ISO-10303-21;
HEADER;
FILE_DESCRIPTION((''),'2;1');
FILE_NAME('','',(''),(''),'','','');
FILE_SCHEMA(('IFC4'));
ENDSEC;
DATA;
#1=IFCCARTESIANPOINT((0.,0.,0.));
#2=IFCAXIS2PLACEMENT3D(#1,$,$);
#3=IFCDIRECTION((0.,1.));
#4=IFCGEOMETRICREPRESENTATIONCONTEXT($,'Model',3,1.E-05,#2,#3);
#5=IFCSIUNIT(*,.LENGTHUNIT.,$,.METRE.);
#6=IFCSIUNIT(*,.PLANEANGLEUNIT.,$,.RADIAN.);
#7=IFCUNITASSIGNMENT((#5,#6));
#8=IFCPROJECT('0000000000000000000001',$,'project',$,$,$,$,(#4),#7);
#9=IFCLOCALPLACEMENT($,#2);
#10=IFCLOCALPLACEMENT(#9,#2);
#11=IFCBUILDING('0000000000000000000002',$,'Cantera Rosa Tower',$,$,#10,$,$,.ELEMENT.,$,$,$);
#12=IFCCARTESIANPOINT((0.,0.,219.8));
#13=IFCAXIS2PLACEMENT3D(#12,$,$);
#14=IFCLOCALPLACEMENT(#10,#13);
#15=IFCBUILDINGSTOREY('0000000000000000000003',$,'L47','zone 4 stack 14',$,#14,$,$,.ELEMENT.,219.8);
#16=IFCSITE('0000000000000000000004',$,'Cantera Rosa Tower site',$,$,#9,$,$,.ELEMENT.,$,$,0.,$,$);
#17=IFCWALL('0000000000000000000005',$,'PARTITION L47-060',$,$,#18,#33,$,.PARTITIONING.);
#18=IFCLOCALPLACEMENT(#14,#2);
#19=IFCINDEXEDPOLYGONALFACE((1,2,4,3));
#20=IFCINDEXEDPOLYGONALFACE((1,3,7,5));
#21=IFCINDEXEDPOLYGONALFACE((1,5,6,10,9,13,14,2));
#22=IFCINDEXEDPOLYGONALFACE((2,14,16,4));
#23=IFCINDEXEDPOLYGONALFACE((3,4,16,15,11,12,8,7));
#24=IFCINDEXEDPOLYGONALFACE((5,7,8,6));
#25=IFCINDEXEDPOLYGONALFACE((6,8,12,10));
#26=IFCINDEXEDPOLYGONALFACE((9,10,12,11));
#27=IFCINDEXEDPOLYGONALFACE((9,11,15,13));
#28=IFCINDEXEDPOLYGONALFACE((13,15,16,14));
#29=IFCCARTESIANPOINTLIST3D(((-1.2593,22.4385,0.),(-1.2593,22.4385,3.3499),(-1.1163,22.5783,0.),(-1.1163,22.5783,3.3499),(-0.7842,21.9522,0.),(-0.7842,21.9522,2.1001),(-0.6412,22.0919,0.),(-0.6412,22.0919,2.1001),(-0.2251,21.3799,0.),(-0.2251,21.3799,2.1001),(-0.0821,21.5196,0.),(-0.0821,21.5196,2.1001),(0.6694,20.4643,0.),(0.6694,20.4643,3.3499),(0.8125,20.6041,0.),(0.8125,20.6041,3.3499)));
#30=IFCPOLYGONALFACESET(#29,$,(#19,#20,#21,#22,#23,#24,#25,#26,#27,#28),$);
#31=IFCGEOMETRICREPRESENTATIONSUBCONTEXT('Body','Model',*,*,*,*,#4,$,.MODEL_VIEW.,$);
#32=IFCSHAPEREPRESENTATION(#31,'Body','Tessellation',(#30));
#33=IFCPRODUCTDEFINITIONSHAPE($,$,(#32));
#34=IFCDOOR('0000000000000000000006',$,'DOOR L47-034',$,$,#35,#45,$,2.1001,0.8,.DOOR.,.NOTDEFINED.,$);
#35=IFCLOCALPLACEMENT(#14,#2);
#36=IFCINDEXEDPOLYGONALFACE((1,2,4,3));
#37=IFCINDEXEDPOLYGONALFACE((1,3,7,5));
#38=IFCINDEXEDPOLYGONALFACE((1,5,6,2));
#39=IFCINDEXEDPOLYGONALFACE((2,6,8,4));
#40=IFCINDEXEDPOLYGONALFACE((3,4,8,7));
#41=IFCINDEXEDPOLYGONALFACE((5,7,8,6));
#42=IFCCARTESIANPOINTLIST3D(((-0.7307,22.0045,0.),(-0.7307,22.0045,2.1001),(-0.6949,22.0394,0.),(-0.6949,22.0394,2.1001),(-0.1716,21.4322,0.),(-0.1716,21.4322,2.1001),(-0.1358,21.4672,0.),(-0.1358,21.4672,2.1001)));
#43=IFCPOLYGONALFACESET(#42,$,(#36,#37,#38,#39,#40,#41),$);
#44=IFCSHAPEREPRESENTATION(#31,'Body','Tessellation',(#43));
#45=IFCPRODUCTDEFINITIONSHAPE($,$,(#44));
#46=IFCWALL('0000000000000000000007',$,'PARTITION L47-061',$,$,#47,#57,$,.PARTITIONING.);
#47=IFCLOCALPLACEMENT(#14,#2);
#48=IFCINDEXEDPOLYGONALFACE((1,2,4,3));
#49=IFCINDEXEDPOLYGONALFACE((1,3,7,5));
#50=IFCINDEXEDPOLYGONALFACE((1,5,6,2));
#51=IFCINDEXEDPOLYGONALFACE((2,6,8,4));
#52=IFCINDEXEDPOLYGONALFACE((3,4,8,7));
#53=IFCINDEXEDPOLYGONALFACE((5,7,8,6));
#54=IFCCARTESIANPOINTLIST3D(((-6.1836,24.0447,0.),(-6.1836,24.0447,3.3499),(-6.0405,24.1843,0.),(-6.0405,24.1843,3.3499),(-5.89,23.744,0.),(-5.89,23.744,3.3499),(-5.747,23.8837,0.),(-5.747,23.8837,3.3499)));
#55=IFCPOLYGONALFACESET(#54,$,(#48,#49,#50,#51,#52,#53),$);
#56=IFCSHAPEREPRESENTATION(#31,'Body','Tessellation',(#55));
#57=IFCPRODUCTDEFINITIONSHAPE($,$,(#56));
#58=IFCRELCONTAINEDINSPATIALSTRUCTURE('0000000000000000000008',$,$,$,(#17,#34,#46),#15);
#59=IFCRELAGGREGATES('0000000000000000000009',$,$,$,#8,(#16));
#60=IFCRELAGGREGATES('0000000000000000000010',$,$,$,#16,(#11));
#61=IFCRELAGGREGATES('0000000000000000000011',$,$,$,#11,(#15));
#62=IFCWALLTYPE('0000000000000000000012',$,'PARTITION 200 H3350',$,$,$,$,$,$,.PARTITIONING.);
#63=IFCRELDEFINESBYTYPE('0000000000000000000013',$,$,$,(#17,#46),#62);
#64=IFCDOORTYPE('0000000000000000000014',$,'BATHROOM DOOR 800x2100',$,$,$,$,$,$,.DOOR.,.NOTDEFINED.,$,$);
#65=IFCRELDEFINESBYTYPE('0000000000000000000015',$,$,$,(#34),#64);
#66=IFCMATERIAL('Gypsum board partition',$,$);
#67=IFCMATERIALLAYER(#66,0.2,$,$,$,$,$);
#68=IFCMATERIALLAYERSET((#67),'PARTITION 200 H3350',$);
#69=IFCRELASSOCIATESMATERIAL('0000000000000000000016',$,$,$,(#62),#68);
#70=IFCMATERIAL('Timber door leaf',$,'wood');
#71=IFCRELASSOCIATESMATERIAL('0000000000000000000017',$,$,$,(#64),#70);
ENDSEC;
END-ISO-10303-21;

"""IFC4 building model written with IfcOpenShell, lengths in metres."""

from ifc_helpers import new_model, si_unit, direction, frame, frame_2d, origin, place, context, subcontext, project, spatial, rectangle, extrude, material, layer, layer_set, type_object, element, fill, save


model = new_model("IFC4")

# Units and contexts
model_context = context("Model", 3, precision=1e-05, world=origin(), true_north=direction((0.0, 1.0)))
body_context = subcontext(model_context, "Body", "Model", "MODEL_VIEW")
ifc_project = project(units=[si_unit("LENGTHUNIT", "METRE"), si_unit("PLANEANGLEUNIT", "RADIAN")], contexts=[model_context])

# Site, building, storey
site_placement = place(None, origin())
site = spatial("IfcSite", under=ifc_project, at=site_placement, Name="Cantera Rosa Tower site", CompositionType="ELEMENT", RefElevation=0.0)
building_placement = place(site_placement, origin())
building = spatial("IfcBuilding", under=site, at=building_placement, Name="Cantera Rosa Tower", CompositionType="ELEMENT")
storey_placement = place(building_placement, frame((0.0, 0.0, 219.8)))
storey = spatial("IfcBuildingStorey", under=building, at=storey_placement, Name="L47", Description="zone 4 stack 14", CompositionType="ELEMENT", Elevation=219.8)

# Shared definitions
ifc_material_1 = material(Name="Gypsum board partition")
ifc_layer_1 = layer(ifc_material_1, 0.2)
ifc_layer_set_1 = layer_set([ifc_layer_1], Name="PARTITION 200 H3350")
wall_type_1 = type_object("IfcWallType", Name="PARTITION 200 H3350", PredefinedType="PARTITIONING", material=ifc_layer_set_1)

# Wall, opening, door
wall_1_placement = place(storey_placement, frame((-1.1877, 22.5083, 0.0), z_axis=(0.0, 0.0, 1.0), x_axis=(0.698832, -0.715286, 0.0)))
wall_1 = element("IfcWall", 1, at=wall_1_placement, inside=storey, type_object=wall_type_1, Name="PARTITION L47-060", PredefinedType="PARTITIONING", context=body_context, shape_type="SweptSolid", body=[
    extrude(rectangle(XDim=2.76, YDim=0.2, at=frame_2d((1.3799, 0.0))), origin(), (0.0, 0.0, 1.0), 3.3499),
])
opening_placement = place(wall_1_placement, frame((0.6799, 0.0, 0.0)))
opening = element("IfcOpeningElement", 2, at=opening_placement, cuts=wall_1, PredefinedType="OPENING", context=body_context, shape_type="SweptSolid", body=[
    extrude(rectangle(XDim=0.8, YDim=2.1001, at=frame_2d((0.3999, 1.05))), frame((0.0, 0.1099, 0.0), z_axis=(0.0, -1.0, 0.0), x_axis=(1.0, 0.0, 0.0)), (0.0, 0.0, 1.0), 0.22),
])
ifc_material_2 = material(Name="Timber door leaf", Category="wood")
door_type = type_object("IfcDoorType", Name="BATHROOM DOOR 800x2100", OperationType="NOTDEFINED", PredefinedType="DOOR", material=ifc_material_2)
door_placement = place(opening_placement, origin())
door = element("IfcDoor", 3, at=door_placement, inside=storey, type_object=door_type, Name="DOOR L47-034", OperationType="NOTDEFINED", OverallHeight=2.1001, OverallWidth=0.8, PredefinedType="DOOR", context=body_context, shape_type="SweptSolid", body=[
    extrude(rectangle(XDim=0.8, YDim=2.1001, at=frame_2d((0.3999, 1.05))), frame((0.0, 0.0249, 0.0), z_axis=(0.0, -1.0, 0.0), x_axis=(1.0, 0.0, 0.0)), (0.0, 0.0, 1.0), 0.05),
])
fill(opening, door)

# Wall
wall_2_placement = place(storey_placement, frame((-5.8186, 23.814, 0.0), z_axis=(0.0, 0.0, 1.0), x_axis=(-0.698629, 0.715484, 0.0)))
element("IfcWall", 4, at=wall_2_placement, inside=storey, type_object=wall_type_1, Name="PARTITION L47-061", PredefinedType="PARTITIONING", context=body_context, shape_type="SweptSolid", body=[
    extrude(rectangle(XDim=0.4202, YDim=0.2, at=frame_2d((0.21, 0.0))), origin(), (0.0, 0.0, 1.0), 3.3499),
])

save(model, "model.ifc")
